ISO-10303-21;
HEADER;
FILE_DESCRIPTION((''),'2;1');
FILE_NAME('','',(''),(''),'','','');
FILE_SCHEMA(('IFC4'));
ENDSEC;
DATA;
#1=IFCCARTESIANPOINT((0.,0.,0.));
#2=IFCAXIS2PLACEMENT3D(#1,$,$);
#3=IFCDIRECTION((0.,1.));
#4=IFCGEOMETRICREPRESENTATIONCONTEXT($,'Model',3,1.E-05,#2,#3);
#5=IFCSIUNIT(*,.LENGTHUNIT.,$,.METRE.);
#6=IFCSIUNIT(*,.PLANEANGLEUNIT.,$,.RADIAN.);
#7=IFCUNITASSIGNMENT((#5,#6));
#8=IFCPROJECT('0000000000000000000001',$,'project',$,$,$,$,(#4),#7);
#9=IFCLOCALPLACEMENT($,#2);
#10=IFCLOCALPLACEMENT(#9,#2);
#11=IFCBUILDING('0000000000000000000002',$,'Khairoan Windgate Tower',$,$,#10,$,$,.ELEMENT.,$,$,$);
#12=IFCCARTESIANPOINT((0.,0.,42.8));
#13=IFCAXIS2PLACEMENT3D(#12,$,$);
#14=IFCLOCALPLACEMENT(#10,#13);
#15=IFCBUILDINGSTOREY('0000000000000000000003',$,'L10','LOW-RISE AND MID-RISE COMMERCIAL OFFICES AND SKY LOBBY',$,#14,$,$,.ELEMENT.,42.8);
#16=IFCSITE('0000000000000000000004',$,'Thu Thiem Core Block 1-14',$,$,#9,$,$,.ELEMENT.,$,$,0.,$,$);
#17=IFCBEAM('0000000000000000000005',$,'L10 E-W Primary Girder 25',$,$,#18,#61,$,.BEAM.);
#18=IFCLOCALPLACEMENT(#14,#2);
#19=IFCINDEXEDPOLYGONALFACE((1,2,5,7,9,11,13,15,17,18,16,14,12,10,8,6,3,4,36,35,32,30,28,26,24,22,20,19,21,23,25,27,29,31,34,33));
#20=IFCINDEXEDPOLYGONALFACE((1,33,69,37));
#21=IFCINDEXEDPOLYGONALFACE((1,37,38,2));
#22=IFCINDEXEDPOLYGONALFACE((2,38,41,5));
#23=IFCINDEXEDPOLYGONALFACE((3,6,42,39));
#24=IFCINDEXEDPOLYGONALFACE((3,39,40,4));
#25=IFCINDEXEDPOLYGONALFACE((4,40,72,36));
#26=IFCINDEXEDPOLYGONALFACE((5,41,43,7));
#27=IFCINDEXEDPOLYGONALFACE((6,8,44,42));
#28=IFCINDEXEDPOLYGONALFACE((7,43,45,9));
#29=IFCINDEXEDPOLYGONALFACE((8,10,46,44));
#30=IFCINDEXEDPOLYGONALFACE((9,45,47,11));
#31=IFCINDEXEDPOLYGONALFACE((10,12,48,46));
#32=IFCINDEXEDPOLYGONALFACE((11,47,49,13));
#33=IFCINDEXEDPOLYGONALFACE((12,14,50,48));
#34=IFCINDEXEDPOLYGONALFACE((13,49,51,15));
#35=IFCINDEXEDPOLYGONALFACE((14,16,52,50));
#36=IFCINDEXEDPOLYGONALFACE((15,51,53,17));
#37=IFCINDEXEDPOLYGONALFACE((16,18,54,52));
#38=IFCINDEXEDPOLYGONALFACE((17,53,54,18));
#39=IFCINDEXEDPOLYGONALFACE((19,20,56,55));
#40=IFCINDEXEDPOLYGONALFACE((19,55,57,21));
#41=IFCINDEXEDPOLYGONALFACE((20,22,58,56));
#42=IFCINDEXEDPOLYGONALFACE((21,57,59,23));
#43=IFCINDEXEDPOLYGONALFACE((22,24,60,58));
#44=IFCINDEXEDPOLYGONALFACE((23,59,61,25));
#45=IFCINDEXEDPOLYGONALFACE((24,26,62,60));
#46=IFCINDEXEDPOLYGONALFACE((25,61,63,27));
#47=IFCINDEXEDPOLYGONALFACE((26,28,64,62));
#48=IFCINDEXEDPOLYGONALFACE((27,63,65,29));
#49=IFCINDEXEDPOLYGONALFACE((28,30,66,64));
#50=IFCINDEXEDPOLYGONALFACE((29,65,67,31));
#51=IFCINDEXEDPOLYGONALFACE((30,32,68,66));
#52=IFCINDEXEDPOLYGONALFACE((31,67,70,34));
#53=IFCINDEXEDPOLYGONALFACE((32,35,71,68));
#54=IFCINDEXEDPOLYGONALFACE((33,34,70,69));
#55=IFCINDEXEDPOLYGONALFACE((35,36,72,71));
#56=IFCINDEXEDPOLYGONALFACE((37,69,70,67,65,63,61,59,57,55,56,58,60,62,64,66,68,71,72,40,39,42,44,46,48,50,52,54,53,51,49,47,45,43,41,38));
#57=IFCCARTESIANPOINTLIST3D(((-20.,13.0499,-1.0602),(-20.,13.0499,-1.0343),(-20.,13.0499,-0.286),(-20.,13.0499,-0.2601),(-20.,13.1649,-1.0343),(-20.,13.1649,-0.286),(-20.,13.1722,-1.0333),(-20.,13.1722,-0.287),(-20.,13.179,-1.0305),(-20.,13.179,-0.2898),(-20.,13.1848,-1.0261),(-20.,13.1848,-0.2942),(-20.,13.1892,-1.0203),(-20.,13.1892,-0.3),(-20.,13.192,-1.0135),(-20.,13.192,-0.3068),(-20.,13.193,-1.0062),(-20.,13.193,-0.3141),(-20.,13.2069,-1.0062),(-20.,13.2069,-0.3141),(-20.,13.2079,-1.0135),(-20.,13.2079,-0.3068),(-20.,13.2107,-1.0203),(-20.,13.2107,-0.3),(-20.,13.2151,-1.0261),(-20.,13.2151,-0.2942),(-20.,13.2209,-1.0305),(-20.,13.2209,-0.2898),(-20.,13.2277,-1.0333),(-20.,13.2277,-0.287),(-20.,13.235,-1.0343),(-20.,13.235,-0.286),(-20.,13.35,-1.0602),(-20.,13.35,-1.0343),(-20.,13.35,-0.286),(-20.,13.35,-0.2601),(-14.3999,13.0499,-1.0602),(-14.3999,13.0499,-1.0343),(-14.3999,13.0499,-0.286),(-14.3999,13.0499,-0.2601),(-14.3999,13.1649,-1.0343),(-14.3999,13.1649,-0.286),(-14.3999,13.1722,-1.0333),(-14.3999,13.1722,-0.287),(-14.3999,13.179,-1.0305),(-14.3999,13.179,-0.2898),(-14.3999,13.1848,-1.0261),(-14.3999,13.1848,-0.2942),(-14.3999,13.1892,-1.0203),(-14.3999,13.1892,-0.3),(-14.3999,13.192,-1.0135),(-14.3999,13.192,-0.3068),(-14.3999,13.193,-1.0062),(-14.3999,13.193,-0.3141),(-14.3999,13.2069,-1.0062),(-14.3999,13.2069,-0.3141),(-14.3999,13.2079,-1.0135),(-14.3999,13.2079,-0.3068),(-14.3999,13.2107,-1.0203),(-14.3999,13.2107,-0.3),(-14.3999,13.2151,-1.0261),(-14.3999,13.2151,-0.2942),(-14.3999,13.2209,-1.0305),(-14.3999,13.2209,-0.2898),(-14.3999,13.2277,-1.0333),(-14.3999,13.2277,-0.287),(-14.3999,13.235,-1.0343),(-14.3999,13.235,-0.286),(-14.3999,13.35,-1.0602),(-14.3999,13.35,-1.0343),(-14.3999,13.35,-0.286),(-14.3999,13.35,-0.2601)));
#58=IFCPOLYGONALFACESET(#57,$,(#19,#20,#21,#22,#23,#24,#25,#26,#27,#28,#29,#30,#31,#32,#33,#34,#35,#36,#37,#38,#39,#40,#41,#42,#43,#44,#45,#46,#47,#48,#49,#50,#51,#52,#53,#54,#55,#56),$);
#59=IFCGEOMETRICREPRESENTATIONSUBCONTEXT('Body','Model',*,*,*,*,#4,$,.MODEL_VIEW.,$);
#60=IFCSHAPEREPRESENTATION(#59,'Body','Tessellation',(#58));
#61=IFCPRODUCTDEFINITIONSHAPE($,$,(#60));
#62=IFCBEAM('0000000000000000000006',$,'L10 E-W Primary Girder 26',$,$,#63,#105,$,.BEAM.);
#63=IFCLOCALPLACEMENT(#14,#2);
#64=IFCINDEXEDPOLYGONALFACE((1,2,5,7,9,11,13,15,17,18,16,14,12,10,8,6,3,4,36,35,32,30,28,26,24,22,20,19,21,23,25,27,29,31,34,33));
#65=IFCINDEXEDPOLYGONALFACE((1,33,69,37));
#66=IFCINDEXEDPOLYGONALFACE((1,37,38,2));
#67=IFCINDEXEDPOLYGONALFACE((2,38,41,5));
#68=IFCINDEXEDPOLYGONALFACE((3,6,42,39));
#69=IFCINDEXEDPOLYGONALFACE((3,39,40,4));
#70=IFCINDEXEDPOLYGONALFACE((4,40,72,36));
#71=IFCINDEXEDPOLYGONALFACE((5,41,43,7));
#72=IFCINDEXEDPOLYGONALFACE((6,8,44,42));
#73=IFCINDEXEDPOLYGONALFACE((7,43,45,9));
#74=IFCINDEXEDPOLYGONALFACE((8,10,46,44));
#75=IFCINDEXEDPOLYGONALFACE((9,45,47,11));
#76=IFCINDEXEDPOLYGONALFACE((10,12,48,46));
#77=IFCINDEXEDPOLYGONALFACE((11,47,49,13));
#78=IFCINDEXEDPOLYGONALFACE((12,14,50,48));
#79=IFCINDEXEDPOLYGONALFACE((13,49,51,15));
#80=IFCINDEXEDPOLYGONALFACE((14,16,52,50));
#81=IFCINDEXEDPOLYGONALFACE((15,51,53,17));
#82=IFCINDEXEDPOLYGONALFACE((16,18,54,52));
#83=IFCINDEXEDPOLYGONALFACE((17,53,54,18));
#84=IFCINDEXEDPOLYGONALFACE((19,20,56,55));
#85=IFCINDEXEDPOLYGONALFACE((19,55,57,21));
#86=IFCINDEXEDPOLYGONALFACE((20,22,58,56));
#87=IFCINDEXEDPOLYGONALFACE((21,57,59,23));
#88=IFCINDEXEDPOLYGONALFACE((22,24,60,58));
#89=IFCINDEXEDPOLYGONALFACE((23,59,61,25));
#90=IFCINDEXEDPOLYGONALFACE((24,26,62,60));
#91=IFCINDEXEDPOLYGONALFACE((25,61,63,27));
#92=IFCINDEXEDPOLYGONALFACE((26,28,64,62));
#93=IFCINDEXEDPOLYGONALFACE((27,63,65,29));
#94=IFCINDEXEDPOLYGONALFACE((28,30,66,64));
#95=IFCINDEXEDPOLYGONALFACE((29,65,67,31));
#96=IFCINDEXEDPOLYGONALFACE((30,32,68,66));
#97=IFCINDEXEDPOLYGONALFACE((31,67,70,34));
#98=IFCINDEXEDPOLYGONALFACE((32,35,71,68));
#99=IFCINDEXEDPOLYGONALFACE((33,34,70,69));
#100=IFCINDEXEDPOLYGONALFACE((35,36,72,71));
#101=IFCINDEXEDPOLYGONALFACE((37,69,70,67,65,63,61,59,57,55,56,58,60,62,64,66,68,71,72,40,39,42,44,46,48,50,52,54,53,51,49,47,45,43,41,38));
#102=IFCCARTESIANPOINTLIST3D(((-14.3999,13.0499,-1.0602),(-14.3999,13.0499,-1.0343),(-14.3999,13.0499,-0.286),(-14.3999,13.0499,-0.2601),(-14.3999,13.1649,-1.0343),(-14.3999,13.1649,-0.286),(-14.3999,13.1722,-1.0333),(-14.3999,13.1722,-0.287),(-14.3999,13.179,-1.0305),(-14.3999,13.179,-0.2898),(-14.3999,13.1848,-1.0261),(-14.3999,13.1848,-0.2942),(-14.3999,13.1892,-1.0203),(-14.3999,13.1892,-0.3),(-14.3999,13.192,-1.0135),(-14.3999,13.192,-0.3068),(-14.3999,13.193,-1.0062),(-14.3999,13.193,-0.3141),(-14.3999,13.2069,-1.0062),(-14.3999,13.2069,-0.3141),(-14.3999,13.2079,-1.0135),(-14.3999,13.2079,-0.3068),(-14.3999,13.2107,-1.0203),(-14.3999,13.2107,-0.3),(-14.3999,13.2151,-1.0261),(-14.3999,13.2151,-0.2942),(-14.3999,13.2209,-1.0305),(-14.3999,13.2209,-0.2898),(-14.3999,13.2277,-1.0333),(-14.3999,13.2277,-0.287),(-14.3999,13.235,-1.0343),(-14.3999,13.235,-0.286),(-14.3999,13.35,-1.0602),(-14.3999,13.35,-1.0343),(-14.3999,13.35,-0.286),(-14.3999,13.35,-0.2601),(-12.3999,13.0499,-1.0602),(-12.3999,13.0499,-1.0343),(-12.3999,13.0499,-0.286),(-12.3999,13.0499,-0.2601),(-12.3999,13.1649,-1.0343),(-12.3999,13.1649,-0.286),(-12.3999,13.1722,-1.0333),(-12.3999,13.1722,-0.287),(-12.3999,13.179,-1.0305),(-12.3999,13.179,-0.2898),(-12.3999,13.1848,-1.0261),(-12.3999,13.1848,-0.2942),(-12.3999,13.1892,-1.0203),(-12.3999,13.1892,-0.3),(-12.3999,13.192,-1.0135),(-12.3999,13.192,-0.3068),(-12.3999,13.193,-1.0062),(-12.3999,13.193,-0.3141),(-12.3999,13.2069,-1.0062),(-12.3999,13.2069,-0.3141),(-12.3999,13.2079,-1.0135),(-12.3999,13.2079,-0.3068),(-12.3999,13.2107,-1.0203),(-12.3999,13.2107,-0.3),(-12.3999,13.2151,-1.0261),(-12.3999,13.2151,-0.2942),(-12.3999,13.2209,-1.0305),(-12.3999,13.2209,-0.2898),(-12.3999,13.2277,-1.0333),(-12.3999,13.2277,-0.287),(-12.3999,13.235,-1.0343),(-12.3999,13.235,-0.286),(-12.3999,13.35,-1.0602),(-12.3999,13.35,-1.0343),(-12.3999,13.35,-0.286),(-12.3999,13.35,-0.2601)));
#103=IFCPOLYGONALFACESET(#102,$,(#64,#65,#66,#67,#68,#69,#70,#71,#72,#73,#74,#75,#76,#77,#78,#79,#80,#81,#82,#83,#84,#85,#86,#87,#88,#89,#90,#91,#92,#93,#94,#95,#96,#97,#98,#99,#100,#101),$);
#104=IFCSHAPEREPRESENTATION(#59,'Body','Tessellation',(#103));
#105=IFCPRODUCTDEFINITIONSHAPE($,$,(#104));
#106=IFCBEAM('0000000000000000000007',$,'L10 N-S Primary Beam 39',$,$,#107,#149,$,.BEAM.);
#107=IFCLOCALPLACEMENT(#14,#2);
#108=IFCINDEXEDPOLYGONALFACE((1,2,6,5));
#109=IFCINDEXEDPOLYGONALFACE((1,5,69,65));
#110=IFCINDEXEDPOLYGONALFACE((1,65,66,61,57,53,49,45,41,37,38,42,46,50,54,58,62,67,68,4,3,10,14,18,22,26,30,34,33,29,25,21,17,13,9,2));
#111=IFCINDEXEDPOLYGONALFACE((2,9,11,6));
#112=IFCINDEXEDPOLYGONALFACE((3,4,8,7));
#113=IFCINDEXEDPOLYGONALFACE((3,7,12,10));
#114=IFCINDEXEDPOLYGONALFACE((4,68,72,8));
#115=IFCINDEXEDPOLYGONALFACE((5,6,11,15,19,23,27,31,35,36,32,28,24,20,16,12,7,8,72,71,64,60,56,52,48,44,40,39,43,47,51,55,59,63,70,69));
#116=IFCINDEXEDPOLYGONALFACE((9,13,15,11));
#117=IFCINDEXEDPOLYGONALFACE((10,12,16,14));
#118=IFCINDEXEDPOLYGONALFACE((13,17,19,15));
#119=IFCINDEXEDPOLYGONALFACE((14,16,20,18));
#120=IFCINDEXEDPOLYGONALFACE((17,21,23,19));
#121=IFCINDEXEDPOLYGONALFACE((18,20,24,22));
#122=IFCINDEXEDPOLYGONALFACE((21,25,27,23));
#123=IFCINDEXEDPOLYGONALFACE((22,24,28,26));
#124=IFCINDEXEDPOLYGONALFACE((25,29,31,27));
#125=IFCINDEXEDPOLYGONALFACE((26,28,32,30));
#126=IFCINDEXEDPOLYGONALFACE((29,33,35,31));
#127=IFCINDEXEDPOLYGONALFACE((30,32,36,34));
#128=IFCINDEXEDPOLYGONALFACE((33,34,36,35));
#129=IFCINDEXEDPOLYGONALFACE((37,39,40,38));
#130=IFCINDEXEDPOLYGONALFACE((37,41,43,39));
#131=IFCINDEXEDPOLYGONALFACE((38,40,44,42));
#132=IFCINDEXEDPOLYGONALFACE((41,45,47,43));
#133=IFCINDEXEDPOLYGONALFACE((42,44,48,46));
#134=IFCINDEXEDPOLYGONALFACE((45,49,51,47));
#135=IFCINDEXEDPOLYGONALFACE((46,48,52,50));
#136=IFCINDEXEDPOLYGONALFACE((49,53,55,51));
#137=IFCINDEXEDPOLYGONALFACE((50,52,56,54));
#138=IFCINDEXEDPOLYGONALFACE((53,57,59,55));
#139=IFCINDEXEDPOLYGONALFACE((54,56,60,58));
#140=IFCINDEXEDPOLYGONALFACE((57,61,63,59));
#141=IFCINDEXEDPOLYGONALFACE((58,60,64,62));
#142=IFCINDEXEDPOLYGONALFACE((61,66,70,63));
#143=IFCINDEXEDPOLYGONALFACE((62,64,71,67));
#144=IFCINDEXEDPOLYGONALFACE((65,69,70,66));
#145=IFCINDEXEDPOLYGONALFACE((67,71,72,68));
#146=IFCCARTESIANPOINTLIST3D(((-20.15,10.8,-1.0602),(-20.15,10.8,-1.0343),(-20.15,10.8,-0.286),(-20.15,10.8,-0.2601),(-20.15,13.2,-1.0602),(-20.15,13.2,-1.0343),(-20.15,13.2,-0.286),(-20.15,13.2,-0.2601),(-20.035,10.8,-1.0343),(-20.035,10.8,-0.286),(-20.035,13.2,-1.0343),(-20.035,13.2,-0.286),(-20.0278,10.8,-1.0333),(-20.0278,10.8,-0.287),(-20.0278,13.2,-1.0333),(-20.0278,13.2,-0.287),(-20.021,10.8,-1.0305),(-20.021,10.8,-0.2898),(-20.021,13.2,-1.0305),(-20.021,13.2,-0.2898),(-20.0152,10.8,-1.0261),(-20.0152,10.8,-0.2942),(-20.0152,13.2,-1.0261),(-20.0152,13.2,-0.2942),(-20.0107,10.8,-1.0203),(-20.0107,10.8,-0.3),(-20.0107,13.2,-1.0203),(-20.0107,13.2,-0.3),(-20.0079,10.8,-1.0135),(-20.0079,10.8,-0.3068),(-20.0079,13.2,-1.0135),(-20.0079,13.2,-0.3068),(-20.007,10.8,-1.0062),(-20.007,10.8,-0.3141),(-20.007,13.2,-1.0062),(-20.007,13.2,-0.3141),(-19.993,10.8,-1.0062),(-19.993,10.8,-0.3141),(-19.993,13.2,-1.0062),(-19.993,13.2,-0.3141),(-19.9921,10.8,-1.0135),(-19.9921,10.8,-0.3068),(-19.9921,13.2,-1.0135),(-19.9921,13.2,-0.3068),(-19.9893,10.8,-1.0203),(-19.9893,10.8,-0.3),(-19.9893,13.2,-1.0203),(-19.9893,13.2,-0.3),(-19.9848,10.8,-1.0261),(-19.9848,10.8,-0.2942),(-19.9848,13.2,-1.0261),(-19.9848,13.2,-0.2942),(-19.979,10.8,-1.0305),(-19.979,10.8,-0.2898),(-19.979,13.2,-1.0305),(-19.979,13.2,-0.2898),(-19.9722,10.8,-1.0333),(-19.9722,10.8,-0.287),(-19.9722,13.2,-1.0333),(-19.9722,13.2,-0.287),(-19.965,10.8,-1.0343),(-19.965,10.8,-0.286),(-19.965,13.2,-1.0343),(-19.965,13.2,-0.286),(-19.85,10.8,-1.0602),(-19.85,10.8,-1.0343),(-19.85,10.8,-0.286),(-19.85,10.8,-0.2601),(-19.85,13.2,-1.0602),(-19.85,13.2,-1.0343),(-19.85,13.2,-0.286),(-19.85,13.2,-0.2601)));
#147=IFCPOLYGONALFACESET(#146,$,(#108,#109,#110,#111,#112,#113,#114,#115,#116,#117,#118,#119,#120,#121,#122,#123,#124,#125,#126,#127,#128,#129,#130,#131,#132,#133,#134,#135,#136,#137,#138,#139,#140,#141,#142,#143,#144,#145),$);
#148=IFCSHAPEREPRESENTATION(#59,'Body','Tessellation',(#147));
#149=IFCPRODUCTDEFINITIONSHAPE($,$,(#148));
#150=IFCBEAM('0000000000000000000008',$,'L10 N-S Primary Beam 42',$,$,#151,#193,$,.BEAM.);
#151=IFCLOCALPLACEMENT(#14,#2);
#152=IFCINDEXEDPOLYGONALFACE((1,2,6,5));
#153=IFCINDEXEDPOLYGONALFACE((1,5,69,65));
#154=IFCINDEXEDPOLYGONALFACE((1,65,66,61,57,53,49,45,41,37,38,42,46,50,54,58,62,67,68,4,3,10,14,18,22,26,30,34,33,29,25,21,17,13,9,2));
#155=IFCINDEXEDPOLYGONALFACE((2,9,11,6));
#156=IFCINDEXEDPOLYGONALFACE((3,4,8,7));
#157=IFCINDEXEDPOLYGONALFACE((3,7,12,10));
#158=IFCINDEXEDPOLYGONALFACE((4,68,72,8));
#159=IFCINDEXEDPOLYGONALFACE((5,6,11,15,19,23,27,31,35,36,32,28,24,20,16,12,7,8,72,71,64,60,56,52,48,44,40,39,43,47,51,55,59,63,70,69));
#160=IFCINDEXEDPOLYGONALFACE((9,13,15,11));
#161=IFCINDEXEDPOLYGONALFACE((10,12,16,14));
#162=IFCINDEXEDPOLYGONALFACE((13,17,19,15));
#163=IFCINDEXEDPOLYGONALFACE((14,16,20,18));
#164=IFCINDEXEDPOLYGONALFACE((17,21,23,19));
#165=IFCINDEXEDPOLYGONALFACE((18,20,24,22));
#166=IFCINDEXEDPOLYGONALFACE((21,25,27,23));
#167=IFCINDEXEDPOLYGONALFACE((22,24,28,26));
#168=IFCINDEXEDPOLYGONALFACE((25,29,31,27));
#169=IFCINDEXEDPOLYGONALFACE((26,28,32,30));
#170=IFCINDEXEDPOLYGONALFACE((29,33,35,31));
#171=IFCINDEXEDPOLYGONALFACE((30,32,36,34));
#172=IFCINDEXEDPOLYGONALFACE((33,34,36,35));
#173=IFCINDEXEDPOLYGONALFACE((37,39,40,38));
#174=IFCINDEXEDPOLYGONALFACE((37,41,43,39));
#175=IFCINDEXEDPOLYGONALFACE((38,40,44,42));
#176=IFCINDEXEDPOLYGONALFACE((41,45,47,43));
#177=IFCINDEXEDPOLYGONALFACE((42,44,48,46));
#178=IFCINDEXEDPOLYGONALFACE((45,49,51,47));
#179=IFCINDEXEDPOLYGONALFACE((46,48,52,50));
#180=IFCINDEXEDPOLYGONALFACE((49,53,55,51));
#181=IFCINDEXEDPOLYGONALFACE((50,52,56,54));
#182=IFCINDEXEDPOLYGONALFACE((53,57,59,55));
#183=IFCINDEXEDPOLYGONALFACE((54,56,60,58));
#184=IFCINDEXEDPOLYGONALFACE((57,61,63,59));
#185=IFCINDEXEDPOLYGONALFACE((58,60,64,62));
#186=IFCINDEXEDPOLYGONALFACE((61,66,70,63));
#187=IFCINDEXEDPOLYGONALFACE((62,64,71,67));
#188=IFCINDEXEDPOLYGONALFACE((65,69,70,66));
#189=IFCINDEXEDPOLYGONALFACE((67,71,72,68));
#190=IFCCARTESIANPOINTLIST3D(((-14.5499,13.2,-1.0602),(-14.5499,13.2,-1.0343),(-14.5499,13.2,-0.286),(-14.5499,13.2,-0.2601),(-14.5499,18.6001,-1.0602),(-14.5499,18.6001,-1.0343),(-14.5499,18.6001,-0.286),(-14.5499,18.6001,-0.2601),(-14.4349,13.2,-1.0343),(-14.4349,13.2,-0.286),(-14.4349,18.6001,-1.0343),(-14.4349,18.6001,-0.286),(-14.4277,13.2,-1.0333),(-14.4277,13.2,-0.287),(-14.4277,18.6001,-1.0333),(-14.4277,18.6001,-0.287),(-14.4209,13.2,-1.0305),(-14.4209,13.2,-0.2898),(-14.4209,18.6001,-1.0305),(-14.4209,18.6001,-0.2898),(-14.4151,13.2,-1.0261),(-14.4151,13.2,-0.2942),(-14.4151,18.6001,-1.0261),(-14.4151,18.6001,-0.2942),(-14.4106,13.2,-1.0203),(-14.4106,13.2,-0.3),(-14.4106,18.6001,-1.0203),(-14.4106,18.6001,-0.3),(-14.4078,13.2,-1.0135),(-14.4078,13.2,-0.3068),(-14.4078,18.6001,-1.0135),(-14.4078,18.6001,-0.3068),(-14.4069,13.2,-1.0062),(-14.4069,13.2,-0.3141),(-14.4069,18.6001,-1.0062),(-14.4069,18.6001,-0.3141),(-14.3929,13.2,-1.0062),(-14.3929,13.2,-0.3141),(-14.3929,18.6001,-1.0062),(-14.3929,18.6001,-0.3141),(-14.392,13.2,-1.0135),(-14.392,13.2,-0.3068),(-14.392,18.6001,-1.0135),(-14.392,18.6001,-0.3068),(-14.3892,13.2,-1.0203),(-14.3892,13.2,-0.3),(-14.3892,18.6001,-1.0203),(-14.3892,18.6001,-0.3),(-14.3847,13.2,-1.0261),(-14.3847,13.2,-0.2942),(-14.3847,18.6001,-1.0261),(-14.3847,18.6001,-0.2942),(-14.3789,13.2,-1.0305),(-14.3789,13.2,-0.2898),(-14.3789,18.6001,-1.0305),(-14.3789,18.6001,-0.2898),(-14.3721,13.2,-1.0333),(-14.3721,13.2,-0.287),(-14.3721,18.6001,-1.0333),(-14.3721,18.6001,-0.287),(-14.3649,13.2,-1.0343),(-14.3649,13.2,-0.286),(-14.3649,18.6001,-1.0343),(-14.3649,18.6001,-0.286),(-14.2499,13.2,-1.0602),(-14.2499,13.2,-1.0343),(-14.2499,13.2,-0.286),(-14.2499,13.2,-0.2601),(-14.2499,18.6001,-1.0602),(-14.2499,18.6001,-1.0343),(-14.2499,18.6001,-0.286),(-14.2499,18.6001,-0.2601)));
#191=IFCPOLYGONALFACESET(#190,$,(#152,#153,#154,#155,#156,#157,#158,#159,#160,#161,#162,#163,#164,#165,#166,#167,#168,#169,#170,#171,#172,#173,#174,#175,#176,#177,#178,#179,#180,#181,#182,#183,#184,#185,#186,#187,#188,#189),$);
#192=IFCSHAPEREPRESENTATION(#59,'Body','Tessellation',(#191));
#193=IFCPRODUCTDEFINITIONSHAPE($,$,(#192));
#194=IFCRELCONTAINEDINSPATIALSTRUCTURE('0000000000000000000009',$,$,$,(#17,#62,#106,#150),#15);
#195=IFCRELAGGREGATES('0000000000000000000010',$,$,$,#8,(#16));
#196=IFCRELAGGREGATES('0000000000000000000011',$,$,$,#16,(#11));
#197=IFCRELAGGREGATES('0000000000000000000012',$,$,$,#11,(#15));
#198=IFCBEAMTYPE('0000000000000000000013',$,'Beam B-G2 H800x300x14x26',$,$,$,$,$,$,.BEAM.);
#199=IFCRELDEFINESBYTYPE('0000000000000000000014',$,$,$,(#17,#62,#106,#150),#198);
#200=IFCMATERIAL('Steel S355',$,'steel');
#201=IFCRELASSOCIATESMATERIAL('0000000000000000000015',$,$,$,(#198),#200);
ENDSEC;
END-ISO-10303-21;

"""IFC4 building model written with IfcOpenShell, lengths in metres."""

from ifc_helpers import new_model, si_unit, direction, frame, origin, origin_2d, place, context, subcontext, project, spatial, i_section, extrude, material, material_profile, profile_set, type_object, element, save


model = new_model("IFC4")

# Units and contexts
model_context = context("Model", 3, precision=1e-05, world=origin(), true_north=direction((0.0, 1.0)))
body_context = subcontext(model_context, "Body", "Model", "MODEL_VIEW")
ifc_project = project(units=[si_unit("LENGTHUNIT", "METRE"), si_unit("PLANEANGLEUNIT", "RADIAN")], contexts=[model_context])

# Site, building, storey
site_placement = place(None, origin())
site = spatial("IfcSite", under=ifc_project, at=site_placement, Name="Thu Thiem Core Block 1-14", CompositionType="ELEMENT", RefElevation=0.0)
building_placement = place(site_placement, origin())
building = spatial("IfcBuilding", under=site, at=building_placement, Name="Khairoan Windgate Tower", CompositionType="ELEMENT")
storey_placement = place(building_placement, frame((0.0, 0.0, 42.8)))
storey = spatial("IfcBuildingStorey", under=building, at=storey_placement, Name="L10", Description="LOW-RISE AND MID-RISE COMMERCIAL OFFICES AND SKY LOBBY", CompositionType="ELEMENT", Elevation=42.8)

# Beams
ifc_material_1 = material(Name="Steel S355", Category="steel")
ifc_material_profile_1 = material_profile(ifc_material_1, i_section(OverallWidth=0.3, OverallDepth=0.8, WebThickness=0.0139, FlangeThickness=0.0259, FilletRadius=0.0281, at=origin_2d()))
ifc_profile_set_1 = profile_set([ifc_material_profile_1], Name="Steel S355")
beam_type_1 = type_object("IfcBeamType", Name="Beam B-G2 H800x300x14x26", PredefinedType="BEAM", material=ifc_profile_set_1)
beam_1_placement = place(storey_placement, frame((-20.0, 13.2, -0.6602), z_axis=(1.0, 0.0, 0.0), x_axis=(0.0, 1.0, 0.0)))
element("IfcBeam", 1, at=beam_1_placement, inside=storey, type_object=beam_type_1, Name="L10 E-W Primary Girder 25", PredefinedType="BEAM", context=body_context, shape_type="SweptSolid", body=[
    extrude(i_section(OverallWidth=0.3, OverallDepth=0.8, WebThickness=0.0139, FlangeThickness=0.0259, FilletRadius=0.0281, at=origin_2d()), origin(), (0.0, 0.0, 1.0), 5.6001),
])
beam_2_placement = place(storey_placement, frame((-14.3999, 13.2, -0.6602), z_axis=(1.0, 0.0, 0.0), x_axis=(0.0, 1.0, 0.0)))
element("IfcBeam", 2, at=beam_2_placement, inside=storey, type_object=beam_type_1, Name="L10 E-W Primary Girder 26", PredefinedType="BEAM", context=body_context, shape_type="SweptSolid", body=[
    extrude(i_section(OverallWidth=0.3, OverallDepth=0.8, WebThickness=0.0139, FlangeThickness=0.0259, FilletRadius=0.0281, at=origin_2d()), origin(), (0.0, 0.0, 1.0), 2.0),
])
beam_3_placement = place(storey_placement, frame((-20.0, 10.8, -0.6602), z_axis=(0.0, 1.0, 0.0), x_axis=(-1.0, 0.0, 0.0)))
element("IfcBeam", 3, at=beam_3_placement, inside=storey, type_object=beam_type_1, Name="L10 N-S Primary Beam 39", PredefinedType="BEAM", context=body_context, shape_type="SweptSolid", body=[
    extrude(i_section(OverallWidth=0.3, OverallDepth=0.8, WebThickness=0.0139, FlangeThickness=0.0259, FilletRadius=0.0281, at=origin_2d()), origin(), (0.0, 0.0, 1.0), 2.3999),
])
beam_4_placement = place(storey_placement, frame((-14.3999, 13.2, -0.6602), z_axis=(0.0, 1.0, 0.0), x_axis=(-1.0, 0.0, 0.0)))
element("IfcBeam", 4, at=beam_4_placement, inside=storey, type_object=beam_type_1, Name="L10 N-S Primary Beam 42", PredefinedType="BEAM", context=body_context, shape_type="SweptSolid", body=[
    extrude(i_section(OverallWidth=0.3, OverallDepth=0.8, WebThickness=0.0139, FlangeThickness=0.0259, FilletRadius=0.0281, at=origin_2d()), origin(), (0.0, 0.0, 1.0), 5.4001),
])

save(model, "model.ifc")
